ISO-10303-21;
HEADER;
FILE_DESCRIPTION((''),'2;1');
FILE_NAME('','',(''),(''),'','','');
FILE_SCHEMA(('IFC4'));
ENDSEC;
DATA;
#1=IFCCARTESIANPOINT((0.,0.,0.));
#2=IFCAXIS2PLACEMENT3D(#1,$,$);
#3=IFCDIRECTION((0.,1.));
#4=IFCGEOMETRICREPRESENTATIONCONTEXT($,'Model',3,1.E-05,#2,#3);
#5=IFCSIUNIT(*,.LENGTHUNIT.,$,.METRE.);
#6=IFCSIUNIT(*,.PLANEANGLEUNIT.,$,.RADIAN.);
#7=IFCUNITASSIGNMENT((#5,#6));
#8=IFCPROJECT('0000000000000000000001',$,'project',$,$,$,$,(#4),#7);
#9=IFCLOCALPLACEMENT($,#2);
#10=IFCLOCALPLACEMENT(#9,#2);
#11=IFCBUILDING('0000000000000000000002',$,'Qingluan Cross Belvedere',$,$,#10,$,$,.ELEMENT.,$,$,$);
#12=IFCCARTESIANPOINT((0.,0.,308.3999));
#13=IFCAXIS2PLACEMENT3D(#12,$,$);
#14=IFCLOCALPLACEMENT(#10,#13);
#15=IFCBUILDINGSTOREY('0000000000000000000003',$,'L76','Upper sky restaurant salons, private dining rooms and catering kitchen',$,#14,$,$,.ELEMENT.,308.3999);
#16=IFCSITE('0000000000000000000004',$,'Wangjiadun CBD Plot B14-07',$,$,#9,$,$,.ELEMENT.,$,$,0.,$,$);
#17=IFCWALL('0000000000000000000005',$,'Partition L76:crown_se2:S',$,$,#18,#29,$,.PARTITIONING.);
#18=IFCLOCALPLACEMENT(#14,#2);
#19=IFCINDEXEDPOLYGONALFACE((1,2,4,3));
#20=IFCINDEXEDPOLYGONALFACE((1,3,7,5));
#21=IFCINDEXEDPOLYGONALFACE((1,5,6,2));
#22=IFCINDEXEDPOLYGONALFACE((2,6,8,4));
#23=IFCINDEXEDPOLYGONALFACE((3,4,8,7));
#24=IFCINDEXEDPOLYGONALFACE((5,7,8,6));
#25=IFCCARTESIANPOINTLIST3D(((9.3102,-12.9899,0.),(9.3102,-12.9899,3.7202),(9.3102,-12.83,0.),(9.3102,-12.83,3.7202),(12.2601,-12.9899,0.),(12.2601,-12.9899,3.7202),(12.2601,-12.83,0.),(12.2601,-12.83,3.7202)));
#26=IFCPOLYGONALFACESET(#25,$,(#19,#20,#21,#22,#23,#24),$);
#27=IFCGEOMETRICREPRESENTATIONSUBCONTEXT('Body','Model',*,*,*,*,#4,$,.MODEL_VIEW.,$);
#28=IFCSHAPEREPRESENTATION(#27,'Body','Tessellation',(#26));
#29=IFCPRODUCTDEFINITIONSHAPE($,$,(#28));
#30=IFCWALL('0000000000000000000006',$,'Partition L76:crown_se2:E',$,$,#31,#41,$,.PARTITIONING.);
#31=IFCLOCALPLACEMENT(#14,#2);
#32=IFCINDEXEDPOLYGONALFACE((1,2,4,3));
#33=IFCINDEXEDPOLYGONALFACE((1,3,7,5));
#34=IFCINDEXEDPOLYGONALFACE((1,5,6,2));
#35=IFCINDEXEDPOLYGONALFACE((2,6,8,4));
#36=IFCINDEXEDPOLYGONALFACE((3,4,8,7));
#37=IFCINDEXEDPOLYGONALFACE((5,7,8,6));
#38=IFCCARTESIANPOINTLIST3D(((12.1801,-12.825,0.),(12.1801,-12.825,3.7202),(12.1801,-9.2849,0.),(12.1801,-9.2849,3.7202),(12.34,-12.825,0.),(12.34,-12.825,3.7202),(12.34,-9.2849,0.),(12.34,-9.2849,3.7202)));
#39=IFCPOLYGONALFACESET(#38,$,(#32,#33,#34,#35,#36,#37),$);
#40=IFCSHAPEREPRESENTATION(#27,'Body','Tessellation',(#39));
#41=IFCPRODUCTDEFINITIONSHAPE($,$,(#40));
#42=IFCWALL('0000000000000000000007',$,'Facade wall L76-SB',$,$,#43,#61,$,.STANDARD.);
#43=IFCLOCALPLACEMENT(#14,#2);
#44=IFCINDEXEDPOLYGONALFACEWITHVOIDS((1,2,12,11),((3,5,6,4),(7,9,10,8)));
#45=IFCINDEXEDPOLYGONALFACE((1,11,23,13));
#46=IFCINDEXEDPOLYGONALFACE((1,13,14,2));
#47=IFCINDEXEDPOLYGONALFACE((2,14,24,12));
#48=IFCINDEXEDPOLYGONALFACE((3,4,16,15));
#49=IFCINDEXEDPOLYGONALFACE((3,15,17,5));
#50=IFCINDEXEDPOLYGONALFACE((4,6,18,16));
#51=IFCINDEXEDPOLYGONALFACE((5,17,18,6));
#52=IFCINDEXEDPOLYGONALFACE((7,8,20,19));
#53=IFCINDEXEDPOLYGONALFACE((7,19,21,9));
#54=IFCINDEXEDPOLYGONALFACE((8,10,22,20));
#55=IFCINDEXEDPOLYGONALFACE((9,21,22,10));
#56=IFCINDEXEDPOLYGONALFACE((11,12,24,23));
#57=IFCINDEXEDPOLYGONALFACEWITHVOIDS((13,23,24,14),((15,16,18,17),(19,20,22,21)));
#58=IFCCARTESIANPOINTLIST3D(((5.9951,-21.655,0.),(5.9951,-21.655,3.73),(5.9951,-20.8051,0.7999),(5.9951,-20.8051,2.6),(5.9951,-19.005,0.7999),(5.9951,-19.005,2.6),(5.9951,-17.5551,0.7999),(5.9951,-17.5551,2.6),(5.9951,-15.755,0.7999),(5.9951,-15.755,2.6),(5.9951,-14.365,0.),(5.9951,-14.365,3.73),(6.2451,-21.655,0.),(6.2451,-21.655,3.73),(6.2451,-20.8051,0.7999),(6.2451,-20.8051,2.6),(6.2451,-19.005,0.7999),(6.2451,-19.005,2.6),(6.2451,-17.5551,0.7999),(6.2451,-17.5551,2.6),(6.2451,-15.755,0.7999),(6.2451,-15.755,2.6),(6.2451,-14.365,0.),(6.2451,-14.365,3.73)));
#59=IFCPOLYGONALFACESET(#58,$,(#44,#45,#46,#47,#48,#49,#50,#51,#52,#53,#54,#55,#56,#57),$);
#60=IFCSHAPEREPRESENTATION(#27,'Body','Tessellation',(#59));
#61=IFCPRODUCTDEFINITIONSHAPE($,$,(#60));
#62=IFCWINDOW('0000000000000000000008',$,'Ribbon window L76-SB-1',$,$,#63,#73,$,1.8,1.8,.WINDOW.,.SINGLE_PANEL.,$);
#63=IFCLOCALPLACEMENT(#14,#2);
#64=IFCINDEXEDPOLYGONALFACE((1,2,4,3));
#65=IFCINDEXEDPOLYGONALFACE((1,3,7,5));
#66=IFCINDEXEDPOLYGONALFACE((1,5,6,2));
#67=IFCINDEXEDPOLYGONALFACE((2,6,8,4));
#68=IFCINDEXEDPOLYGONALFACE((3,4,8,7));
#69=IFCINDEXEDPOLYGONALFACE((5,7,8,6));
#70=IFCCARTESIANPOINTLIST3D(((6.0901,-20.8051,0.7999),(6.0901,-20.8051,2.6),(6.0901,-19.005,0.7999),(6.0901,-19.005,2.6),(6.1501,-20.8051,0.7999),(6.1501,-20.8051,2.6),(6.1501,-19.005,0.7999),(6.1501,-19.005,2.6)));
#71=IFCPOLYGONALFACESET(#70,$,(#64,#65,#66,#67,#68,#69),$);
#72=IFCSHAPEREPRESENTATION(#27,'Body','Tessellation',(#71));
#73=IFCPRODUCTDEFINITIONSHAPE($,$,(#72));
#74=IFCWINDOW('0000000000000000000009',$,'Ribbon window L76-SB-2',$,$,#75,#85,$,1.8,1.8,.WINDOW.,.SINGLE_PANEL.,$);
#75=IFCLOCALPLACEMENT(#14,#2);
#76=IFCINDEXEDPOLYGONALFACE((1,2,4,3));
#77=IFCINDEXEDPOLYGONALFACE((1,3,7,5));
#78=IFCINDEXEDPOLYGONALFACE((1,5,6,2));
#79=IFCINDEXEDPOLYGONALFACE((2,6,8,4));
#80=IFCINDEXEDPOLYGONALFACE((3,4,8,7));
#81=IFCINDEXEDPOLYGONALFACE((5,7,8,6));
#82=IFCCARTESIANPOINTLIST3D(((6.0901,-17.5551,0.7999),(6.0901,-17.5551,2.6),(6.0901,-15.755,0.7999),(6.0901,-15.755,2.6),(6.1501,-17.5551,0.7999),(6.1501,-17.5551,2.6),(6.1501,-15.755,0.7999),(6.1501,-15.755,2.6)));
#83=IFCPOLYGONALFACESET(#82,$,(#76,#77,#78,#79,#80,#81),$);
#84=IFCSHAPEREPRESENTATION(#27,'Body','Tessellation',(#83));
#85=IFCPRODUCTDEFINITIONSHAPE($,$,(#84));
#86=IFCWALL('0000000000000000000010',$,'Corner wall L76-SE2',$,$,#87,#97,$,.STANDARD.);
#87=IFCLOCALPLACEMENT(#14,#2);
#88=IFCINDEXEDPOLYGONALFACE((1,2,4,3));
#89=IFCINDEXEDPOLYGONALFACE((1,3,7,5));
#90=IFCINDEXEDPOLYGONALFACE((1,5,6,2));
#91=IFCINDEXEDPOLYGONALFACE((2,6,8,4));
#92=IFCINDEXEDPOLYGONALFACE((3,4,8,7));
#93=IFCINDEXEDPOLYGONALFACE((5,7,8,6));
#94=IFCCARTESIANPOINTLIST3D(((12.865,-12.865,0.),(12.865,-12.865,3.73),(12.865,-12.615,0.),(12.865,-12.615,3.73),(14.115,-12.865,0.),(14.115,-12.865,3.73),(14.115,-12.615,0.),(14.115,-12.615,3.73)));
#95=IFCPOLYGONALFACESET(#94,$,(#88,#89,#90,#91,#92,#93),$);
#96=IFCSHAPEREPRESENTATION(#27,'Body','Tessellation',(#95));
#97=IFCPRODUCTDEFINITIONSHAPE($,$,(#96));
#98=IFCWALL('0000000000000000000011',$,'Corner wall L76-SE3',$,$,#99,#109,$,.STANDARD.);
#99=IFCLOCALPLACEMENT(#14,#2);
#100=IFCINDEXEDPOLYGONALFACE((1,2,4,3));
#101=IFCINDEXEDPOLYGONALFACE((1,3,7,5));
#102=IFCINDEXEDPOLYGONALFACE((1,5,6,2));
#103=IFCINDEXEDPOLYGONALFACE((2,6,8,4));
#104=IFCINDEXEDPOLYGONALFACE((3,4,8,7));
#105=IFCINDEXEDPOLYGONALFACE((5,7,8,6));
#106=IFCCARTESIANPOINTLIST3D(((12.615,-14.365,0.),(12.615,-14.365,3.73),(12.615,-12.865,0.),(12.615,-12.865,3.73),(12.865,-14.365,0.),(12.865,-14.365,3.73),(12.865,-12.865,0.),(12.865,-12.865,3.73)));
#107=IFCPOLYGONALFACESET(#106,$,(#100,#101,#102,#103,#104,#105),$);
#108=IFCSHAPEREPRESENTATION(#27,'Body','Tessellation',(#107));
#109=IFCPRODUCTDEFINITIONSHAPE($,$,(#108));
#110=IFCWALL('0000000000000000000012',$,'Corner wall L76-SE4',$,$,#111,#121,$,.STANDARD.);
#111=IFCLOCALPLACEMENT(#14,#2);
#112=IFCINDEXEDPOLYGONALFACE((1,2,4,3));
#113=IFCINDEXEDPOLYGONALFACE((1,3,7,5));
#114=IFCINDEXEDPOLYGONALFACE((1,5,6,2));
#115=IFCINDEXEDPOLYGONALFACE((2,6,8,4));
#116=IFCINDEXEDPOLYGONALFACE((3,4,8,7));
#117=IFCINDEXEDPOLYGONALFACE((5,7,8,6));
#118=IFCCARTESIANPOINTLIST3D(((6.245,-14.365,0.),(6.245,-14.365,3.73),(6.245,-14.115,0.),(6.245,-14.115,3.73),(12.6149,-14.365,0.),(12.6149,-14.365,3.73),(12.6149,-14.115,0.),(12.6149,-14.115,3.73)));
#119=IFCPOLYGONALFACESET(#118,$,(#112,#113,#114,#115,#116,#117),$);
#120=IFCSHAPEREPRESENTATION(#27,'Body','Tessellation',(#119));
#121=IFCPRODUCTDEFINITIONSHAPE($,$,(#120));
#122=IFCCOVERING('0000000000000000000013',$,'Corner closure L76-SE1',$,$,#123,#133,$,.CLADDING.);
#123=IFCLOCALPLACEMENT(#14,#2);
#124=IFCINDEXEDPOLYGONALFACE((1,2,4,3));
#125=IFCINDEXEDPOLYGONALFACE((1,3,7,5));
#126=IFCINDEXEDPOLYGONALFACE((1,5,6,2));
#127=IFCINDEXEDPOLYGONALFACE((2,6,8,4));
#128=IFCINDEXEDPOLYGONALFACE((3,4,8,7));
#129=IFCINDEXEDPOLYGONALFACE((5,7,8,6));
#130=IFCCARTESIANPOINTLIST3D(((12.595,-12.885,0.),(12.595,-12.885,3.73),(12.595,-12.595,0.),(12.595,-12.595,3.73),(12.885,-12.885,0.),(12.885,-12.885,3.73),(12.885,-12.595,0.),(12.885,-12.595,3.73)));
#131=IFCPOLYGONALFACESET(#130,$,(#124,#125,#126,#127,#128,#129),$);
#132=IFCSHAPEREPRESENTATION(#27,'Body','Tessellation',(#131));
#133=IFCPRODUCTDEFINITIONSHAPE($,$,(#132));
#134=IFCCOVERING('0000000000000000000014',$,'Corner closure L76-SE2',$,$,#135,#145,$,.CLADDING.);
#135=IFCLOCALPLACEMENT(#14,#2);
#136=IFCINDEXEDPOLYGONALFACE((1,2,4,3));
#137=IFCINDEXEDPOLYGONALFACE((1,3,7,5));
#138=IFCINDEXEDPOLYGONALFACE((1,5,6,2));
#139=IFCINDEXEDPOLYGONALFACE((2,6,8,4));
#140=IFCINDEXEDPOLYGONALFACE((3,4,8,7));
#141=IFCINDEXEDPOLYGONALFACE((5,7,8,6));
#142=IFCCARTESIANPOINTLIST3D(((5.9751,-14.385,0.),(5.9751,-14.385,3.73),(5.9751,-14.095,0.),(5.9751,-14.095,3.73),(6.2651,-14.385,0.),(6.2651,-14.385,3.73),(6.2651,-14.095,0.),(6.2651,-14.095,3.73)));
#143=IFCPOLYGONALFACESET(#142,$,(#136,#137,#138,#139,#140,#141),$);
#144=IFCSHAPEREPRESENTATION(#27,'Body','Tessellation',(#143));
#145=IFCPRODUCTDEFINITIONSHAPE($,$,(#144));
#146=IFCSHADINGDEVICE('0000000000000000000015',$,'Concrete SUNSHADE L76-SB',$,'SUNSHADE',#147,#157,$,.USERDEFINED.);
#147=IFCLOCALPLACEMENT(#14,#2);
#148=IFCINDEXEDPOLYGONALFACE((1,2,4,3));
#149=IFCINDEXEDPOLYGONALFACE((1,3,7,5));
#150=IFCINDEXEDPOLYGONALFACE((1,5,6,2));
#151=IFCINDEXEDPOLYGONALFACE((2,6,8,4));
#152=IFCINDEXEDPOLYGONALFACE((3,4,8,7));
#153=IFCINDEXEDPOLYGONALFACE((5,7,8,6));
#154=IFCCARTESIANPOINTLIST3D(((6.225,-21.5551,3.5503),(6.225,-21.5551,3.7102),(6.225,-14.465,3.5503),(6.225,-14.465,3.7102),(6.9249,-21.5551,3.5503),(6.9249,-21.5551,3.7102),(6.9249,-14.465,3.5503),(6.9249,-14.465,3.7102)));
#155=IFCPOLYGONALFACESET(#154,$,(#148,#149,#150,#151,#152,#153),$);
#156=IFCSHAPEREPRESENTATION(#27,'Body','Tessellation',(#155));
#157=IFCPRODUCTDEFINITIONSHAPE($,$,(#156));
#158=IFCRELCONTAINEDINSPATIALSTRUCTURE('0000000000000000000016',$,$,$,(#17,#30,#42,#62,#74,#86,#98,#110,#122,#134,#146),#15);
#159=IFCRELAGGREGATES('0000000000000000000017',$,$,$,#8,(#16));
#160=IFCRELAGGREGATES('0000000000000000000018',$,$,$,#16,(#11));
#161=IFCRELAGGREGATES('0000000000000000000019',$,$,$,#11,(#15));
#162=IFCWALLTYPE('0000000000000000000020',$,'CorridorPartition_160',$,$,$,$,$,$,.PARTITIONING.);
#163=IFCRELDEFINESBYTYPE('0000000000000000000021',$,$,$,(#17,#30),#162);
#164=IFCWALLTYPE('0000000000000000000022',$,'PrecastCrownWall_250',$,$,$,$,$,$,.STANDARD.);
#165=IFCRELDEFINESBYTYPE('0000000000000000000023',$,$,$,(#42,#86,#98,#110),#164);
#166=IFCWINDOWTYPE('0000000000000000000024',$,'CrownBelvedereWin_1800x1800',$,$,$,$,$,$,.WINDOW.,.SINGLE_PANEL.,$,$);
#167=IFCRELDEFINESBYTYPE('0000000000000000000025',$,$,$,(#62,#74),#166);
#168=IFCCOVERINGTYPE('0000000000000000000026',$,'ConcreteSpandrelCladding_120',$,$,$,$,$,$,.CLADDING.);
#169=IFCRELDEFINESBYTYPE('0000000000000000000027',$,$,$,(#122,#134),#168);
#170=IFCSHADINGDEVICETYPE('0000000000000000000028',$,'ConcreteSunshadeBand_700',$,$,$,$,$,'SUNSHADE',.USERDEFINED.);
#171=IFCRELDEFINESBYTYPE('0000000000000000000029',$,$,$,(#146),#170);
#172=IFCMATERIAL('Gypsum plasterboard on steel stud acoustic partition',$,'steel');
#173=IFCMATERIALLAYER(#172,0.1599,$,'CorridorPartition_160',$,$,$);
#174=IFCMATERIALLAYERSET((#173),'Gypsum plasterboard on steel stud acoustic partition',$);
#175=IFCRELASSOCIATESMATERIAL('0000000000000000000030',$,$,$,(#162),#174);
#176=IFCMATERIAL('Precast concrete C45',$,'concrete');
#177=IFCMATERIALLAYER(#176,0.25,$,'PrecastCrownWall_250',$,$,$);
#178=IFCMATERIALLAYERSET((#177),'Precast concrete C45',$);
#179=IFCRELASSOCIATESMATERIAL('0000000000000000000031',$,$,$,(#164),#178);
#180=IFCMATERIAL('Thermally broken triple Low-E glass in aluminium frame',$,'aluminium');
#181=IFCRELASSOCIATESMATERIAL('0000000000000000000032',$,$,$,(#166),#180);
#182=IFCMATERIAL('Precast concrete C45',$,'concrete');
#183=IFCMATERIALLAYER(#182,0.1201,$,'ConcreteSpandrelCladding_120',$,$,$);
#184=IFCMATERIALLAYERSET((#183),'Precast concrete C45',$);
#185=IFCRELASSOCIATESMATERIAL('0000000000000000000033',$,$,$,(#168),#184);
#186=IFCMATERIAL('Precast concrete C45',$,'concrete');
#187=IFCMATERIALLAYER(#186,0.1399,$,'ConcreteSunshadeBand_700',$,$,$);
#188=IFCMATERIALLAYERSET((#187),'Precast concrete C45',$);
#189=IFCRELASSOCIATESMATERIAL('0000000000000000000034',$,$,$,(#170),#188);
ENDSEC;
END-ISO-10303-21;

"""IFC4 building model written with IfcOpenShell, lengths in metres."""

from ifc_helpers import new_model, si_unit, direction, frame, frame_2d, origin, origin_2d, place, context, subcontext, project, spatial, rectangle, extrude, material, layer, layer_set, type_object, element, fill, save


model = new_model("IFC4")

# Units and contexts
model_context = context("Model", 3, precision=1e-05, world=origin(), true_north=direction((0.0, 1.0)))
body_context = subcontext(model_context, "Body", "Model", "MODEL_VIEW")
ifc_project = project(units=[si_unit("LENGTHUNIT", "METRE"), si_unit("PLANEANGLEUNIT", "RADIAN")], contexts=[model_context])

# Site, building, storey
site_placement = place(None, origin())
site = spatial("IfcSite", under=ifc_project, at=site_placement, Name="Wangjiadun CBD Plot B14-07", CompositionType="ELEMENT", RefElevation=0.0)
building_placement = place(site_placement, origin())
building = spatial("IfcBuilding", under=site, at=building_placement, Name="Qingluan Cross Belvedere", CompositionType="ELEMENT")
storey_placement = place(building_placement, frame((0.0, 0.0, 308.3999)))
storey = spatial("IfcBuildingStorey", under=building, at=storey_placement, Name="L76", Description="Upper sky restaurant salons, private dining rooms and catering kitchen", CompositionType="ELEMENT", Elevation=308.3999)

# Shared definitions
ifc_material_1 = material(Name="Gypsum plasterboard on steel stud acoustic partition", Category="steel")
ifc_layer_1 = layer(ifc_material_1, 0.1599, Name="CorridorPartition_160")
ifc_layer_set_1 = layer_set([ifc_layer_1], Name="Gypsum plasterboard on steel stud acoustic partition")
wall_type_1 = type_object("IfcWallType", Name="CorridorPartition_160", PredefinedType="PARTITIONING", material=ifc_layer_set_1)

# Wall
wall_1_placement = place(storey_placement, frame((9.3101, -12.9099, 0.0), z_axis=(0.0, 0.0, 1.0), x_axis=(1.0, 0.0, 0.0)))
element("IfcWall", 1, at=wall_1_placement, inside=storey, type_object=wall_type_1, Name="Partition L76:crown_se2:S", PredefinedType="PARTITIONING", context=body_context, shape_type="SweptSolid", body=[
    extrude(rectangle(XDim=2.95, YDim=0.1599, at=frame_2d((1.4751, 0.0))), origin(), (0.0, 0.0, 1.0), 3.7202),
])

# Wall
wall_2_placement = place(storey_placement, frame((12.26, -12.825, 0.0), z_axis=(0.0, 0.0, 1.0), x_axis=(0.0, 1.0, 0.0)))
element("IfcWall", 2, at=wall_2_placement, inside=storey, type_object=wall_type_1, Name="Partition L76:crown_se2:E", PredefinedType="PARTITIONING", context=body_context, shape_type="SweptSolid", body=[
    extrude(rectangle(XDim=3.54, YDim=0.1599, at=frame_2d((1.77, 0.0))), origin(), (0.0, 0.0, 1.0), 3.7202),
])

# Wall, openings, windows
ifc_material_2 = material(Name="Precast concrete C45", Category="concrete")
ifc_layer_2 = layer(ifc_material_2, 0.25, Name="PrecastCrownWall_250")
ifc_layer_set_2 = layer_set([ifc_layer_2], Name="Precast concrete C45")
wall_type_2 = type_object("IfcWallType", Name="PrecastCrownWall_250", PredefinedType="STANDARD", material=ifc_layer_set_2)
wall_3_placement = place(storey_placement, frame((6.1201, -21.655, 0.0), z_axis=(0.0, 0.0, 1.0), x_axis=(0.0, 1.0, 0.0)))
wall_3 = element("IfcWall", 3, at=wall_3_placement, inside=storey, type_object=wall_type_2, Name="Facade wall L76-SB", PredefinedType="STANDARD", context=body_context, shape_type="SweptSolid", body=[
    extrude(rectangle(XDim=7.29, YDim=0.25, at=frame_2d((3.645, 0.0))), origin(), (0.0, 0.0, 1.0), 3.73),
])
opening_1_placement = place(wall_3_placement, frame((0.8501, 0.0, 0.8)))
opening_1 = element("IfcOpeningElement", 4, at=opening_1_placement, cuts=wall_3, PredefinedType="OPENING", context=body_context, shape_type="SweptSolid", body=[
    extrude(rectangle(XDim=1.8, YDim=1.8, at=frame_2d((0.8999, 0.8999))), frame((0.0, 0.135, 0.0), z_axis=(0.0, -1.0, 0.0), x_axis=(1.0, 0.0, 0.0)), (0.0, 0.0, 1.0), 0.27),
])
opening_2_placement = place(wall_3_placement, frame((4.1001, 0.0, 0.8)))
opening_2 = element("IfcOpeningElement", 5, at=opening_2_placement, cuts=wall_3, PredefinedType="OPENING", context=body_context, shape_type="SweptSolid", body=[
    extrude(rectangle(XDim=1.8, YDim=1.8, at=frame_2d((0.8999, 0.8999))), frame((0.0, 0.135, 0.0), z_axis=(0.0, -1.0, 0.0), x_axis=(1.0, 0.0, 0.0)), (0.0, 0.0, 1.0), 0.27),
])
ifc_material_3 = material(Name="Thermally broken triple Low-E glass in aluminium frame", Category="aluminium")
window_type = type_object("IfcWindowType", Name="CrownBelvedereWin_1800x1800", PartitioningType="SINGLE_PANEL", PredefinedType="WINDOW", material=ifc_material_3)
window_1_placement = place(opening_1_placement, origin())
window_1 = element("IfcWindow", 6, at=window_1_placement, inside=storey, type_object=window_type, Name="Ribbon window L76-SB-1", OverallHeight=1.8, OverallWidth=1.8, PartitioningType="SINGLE_PANEL", PredefinedType="WINDOW", context=body_context, shape_type="SweptSolid", body=[
    extrude(rectangle(XDim=1.8, YDim=1.8, at=frame_2d((0.8999, 0.8999))), frame((0.0, 0.03, 0.0), z_axis=(0.0, -1.0, 0.0), x_axis=(1.0, 0.0, 0.0)), (0.0, 0.0, 1.0), 0.0601),
])
fill(opening_1, window_1)
window_2_placement = place(opening_2_placement, origin())
window_2 = element("IfcWindow", 7, at=window_2_placement, inside=storey, type_object=window_type, Name="Ribbon window L76-SB-2", OverallHeight=1.8, OverallWidth=1.8, PartitioningType="SINGLE_PANEL", PredefinedType="WINDOW", context=body_context, shape_type="SweptSolid", body=[
    extrude(rectangle(XDim=1.8, YDim=1.8, at=frame_2d((0.8999, 0.8999))), frame((0.0, 0.03, 0.0), z_axis=(0.0, -1.0, 0.0), x_axis=(1.0, 0.0, 0.0)), (0.0, 0.0, 1.0), 0.0601),
])
fill(opening_2, window_2)

# Walls
wall_4_placement = place(storey_placement, frame((14.115, -12.74, 0.0), z_axis=(0.0, 0.0, 1.0), x_axis=(-1.0, 0.0, 0.0)))
element("IfcWall", 8, at=wall_4_placement, inside=storey, type_object=wall_type_2, Name="Corner wall L76-SE2", PredefinedType="STANDARD", context=body_context, shape_type="SweptSolid", body=[
    extrude(rectangle(XDim=1.25, YDim=0.25, at=frame_2d((0.625, 0.0))), origin(), (0.0, 0.0, 1.0), 3.73),
])
wall_5_placement = place(storey_placement, frame((12.74, -12.865, 0.0), z_axis=(0.0, 0.0, 1.0), x_axis=(0.0, -1.0, 0.0)))
element("IfcWall", 9, at=wall_5_placement, inside=storey, type_object=wall_type_2, Name="Corner wall L76-SE3", PredefinedType="STANDARD", context=body_context, shape_type="SweptSolid", body=[
    extrude(rectangle(XDim=1.5, YDim=0.25, at=frame_2d((0.75, 0.0))), origin(), (0.0, 0.0, 1.0), 3.73),
])
wall_6_placement = place(storey_placement, frame((12.615, -14.24, 0.0), z_axis=(0.0, 0.0, 1.0), x_axis=(-1.0, 0.0, 0.0)))
element("IfcWall", 10, at=wall_6_placement, inside=storey, type_object=wall_type_2, Name="Corner wall L76-SE4", PredefinedType="STANDARD", context=body_context, shape_type="SweptSolid", body=[
    extrude(rectangle(XDim=6.3699, YDim=0.25, at=frame_2d((3.1851, 0.0))), origin(), (0.0, 0.0, 1.0), 3.73),
])

# Coverings
ifc_material_4 = material(Name="Precast concrete C45", Category="concrete")
ifc_layer_3 = layer(ifc_material_4, 0.1201, Name="ConcreteSpandrelCladding_120")
ifc_layer_set_3 = layer_set([ifc_layer_3], Name="Precast concrete C45")
covering_type = type_object("IfcCoveringType", Name="ConcreteSpandrelCladding_120", PredefinedType="CLADDING", material=ifc_layer_set_3)
for number, where, z_axis, x_axis, name in (
    (11, (12.74, -12.74, 0.0), (0.0, 0.0, 1.0), (1.0, 0.0, 0.0), "Corner closure L76-SE1"),
    (12, (6.1201, -14.24, 0.0), (0.0, 0.0, 1.0), (1.0, 0.0, 0.0), "Corner closure L76-SE2"),
):
    element("IfcCovering", number, at=place(storey_placement, frame(where, z_axis=z_axis, x_axis=x_axis)), inside=storey, type_object=covering_type, Name=name, PredefinedType="CLADDING", context=body_context, shape_type="SweptSolid", body=[
        extrude(rectangle(XDim=0.29, YDim=0.29, at=origin_2d()), origin(), (0.0, 0.0, 1.0), 3.73),
    ])

# Shading device
ifc_material_5 = material(Name="Precast concrete C45", Category="concrete")
ifc_layer_4 = layer(ifc_material_5, 0.1399, Name="ConcreteSunshadeBand_700")
ifc_layer_set_4 = layer_set([ifc_layer_4], Name="Precast concrete C45")
shading_device_type = type_object("IfcShadingDeviceType", Name="ConcreteSunshadeBand_700", ElementType="SUNSHADE", PredefinedType="USERDEFINED", material=ifc_layer_set_4)
shading_device_placement = place(storey_placement, frame((6.575, -18.01, 3.5503), z_axis=(0.0, 0.0, 1.0), x_axis=(0.0, 1.0, 0.0)))
element("IfcShadingDevice", 13, at=shading_device_placement, inside=storey, type_object=shading_device_type, Name="Concrete SUNSHADE L76-SB", ObjectType="SUNSHADE", PredefinedType="USERDEFINED", context=body_context, shape_type="SweptSolid", body=[
    extrude(rectangle(XDim=7.0901, YDim=0.7, at=origin_2d()), origin(), (0.0, 0.0, 1.0), 0.1599),
])

save(model, "model.ifc")
